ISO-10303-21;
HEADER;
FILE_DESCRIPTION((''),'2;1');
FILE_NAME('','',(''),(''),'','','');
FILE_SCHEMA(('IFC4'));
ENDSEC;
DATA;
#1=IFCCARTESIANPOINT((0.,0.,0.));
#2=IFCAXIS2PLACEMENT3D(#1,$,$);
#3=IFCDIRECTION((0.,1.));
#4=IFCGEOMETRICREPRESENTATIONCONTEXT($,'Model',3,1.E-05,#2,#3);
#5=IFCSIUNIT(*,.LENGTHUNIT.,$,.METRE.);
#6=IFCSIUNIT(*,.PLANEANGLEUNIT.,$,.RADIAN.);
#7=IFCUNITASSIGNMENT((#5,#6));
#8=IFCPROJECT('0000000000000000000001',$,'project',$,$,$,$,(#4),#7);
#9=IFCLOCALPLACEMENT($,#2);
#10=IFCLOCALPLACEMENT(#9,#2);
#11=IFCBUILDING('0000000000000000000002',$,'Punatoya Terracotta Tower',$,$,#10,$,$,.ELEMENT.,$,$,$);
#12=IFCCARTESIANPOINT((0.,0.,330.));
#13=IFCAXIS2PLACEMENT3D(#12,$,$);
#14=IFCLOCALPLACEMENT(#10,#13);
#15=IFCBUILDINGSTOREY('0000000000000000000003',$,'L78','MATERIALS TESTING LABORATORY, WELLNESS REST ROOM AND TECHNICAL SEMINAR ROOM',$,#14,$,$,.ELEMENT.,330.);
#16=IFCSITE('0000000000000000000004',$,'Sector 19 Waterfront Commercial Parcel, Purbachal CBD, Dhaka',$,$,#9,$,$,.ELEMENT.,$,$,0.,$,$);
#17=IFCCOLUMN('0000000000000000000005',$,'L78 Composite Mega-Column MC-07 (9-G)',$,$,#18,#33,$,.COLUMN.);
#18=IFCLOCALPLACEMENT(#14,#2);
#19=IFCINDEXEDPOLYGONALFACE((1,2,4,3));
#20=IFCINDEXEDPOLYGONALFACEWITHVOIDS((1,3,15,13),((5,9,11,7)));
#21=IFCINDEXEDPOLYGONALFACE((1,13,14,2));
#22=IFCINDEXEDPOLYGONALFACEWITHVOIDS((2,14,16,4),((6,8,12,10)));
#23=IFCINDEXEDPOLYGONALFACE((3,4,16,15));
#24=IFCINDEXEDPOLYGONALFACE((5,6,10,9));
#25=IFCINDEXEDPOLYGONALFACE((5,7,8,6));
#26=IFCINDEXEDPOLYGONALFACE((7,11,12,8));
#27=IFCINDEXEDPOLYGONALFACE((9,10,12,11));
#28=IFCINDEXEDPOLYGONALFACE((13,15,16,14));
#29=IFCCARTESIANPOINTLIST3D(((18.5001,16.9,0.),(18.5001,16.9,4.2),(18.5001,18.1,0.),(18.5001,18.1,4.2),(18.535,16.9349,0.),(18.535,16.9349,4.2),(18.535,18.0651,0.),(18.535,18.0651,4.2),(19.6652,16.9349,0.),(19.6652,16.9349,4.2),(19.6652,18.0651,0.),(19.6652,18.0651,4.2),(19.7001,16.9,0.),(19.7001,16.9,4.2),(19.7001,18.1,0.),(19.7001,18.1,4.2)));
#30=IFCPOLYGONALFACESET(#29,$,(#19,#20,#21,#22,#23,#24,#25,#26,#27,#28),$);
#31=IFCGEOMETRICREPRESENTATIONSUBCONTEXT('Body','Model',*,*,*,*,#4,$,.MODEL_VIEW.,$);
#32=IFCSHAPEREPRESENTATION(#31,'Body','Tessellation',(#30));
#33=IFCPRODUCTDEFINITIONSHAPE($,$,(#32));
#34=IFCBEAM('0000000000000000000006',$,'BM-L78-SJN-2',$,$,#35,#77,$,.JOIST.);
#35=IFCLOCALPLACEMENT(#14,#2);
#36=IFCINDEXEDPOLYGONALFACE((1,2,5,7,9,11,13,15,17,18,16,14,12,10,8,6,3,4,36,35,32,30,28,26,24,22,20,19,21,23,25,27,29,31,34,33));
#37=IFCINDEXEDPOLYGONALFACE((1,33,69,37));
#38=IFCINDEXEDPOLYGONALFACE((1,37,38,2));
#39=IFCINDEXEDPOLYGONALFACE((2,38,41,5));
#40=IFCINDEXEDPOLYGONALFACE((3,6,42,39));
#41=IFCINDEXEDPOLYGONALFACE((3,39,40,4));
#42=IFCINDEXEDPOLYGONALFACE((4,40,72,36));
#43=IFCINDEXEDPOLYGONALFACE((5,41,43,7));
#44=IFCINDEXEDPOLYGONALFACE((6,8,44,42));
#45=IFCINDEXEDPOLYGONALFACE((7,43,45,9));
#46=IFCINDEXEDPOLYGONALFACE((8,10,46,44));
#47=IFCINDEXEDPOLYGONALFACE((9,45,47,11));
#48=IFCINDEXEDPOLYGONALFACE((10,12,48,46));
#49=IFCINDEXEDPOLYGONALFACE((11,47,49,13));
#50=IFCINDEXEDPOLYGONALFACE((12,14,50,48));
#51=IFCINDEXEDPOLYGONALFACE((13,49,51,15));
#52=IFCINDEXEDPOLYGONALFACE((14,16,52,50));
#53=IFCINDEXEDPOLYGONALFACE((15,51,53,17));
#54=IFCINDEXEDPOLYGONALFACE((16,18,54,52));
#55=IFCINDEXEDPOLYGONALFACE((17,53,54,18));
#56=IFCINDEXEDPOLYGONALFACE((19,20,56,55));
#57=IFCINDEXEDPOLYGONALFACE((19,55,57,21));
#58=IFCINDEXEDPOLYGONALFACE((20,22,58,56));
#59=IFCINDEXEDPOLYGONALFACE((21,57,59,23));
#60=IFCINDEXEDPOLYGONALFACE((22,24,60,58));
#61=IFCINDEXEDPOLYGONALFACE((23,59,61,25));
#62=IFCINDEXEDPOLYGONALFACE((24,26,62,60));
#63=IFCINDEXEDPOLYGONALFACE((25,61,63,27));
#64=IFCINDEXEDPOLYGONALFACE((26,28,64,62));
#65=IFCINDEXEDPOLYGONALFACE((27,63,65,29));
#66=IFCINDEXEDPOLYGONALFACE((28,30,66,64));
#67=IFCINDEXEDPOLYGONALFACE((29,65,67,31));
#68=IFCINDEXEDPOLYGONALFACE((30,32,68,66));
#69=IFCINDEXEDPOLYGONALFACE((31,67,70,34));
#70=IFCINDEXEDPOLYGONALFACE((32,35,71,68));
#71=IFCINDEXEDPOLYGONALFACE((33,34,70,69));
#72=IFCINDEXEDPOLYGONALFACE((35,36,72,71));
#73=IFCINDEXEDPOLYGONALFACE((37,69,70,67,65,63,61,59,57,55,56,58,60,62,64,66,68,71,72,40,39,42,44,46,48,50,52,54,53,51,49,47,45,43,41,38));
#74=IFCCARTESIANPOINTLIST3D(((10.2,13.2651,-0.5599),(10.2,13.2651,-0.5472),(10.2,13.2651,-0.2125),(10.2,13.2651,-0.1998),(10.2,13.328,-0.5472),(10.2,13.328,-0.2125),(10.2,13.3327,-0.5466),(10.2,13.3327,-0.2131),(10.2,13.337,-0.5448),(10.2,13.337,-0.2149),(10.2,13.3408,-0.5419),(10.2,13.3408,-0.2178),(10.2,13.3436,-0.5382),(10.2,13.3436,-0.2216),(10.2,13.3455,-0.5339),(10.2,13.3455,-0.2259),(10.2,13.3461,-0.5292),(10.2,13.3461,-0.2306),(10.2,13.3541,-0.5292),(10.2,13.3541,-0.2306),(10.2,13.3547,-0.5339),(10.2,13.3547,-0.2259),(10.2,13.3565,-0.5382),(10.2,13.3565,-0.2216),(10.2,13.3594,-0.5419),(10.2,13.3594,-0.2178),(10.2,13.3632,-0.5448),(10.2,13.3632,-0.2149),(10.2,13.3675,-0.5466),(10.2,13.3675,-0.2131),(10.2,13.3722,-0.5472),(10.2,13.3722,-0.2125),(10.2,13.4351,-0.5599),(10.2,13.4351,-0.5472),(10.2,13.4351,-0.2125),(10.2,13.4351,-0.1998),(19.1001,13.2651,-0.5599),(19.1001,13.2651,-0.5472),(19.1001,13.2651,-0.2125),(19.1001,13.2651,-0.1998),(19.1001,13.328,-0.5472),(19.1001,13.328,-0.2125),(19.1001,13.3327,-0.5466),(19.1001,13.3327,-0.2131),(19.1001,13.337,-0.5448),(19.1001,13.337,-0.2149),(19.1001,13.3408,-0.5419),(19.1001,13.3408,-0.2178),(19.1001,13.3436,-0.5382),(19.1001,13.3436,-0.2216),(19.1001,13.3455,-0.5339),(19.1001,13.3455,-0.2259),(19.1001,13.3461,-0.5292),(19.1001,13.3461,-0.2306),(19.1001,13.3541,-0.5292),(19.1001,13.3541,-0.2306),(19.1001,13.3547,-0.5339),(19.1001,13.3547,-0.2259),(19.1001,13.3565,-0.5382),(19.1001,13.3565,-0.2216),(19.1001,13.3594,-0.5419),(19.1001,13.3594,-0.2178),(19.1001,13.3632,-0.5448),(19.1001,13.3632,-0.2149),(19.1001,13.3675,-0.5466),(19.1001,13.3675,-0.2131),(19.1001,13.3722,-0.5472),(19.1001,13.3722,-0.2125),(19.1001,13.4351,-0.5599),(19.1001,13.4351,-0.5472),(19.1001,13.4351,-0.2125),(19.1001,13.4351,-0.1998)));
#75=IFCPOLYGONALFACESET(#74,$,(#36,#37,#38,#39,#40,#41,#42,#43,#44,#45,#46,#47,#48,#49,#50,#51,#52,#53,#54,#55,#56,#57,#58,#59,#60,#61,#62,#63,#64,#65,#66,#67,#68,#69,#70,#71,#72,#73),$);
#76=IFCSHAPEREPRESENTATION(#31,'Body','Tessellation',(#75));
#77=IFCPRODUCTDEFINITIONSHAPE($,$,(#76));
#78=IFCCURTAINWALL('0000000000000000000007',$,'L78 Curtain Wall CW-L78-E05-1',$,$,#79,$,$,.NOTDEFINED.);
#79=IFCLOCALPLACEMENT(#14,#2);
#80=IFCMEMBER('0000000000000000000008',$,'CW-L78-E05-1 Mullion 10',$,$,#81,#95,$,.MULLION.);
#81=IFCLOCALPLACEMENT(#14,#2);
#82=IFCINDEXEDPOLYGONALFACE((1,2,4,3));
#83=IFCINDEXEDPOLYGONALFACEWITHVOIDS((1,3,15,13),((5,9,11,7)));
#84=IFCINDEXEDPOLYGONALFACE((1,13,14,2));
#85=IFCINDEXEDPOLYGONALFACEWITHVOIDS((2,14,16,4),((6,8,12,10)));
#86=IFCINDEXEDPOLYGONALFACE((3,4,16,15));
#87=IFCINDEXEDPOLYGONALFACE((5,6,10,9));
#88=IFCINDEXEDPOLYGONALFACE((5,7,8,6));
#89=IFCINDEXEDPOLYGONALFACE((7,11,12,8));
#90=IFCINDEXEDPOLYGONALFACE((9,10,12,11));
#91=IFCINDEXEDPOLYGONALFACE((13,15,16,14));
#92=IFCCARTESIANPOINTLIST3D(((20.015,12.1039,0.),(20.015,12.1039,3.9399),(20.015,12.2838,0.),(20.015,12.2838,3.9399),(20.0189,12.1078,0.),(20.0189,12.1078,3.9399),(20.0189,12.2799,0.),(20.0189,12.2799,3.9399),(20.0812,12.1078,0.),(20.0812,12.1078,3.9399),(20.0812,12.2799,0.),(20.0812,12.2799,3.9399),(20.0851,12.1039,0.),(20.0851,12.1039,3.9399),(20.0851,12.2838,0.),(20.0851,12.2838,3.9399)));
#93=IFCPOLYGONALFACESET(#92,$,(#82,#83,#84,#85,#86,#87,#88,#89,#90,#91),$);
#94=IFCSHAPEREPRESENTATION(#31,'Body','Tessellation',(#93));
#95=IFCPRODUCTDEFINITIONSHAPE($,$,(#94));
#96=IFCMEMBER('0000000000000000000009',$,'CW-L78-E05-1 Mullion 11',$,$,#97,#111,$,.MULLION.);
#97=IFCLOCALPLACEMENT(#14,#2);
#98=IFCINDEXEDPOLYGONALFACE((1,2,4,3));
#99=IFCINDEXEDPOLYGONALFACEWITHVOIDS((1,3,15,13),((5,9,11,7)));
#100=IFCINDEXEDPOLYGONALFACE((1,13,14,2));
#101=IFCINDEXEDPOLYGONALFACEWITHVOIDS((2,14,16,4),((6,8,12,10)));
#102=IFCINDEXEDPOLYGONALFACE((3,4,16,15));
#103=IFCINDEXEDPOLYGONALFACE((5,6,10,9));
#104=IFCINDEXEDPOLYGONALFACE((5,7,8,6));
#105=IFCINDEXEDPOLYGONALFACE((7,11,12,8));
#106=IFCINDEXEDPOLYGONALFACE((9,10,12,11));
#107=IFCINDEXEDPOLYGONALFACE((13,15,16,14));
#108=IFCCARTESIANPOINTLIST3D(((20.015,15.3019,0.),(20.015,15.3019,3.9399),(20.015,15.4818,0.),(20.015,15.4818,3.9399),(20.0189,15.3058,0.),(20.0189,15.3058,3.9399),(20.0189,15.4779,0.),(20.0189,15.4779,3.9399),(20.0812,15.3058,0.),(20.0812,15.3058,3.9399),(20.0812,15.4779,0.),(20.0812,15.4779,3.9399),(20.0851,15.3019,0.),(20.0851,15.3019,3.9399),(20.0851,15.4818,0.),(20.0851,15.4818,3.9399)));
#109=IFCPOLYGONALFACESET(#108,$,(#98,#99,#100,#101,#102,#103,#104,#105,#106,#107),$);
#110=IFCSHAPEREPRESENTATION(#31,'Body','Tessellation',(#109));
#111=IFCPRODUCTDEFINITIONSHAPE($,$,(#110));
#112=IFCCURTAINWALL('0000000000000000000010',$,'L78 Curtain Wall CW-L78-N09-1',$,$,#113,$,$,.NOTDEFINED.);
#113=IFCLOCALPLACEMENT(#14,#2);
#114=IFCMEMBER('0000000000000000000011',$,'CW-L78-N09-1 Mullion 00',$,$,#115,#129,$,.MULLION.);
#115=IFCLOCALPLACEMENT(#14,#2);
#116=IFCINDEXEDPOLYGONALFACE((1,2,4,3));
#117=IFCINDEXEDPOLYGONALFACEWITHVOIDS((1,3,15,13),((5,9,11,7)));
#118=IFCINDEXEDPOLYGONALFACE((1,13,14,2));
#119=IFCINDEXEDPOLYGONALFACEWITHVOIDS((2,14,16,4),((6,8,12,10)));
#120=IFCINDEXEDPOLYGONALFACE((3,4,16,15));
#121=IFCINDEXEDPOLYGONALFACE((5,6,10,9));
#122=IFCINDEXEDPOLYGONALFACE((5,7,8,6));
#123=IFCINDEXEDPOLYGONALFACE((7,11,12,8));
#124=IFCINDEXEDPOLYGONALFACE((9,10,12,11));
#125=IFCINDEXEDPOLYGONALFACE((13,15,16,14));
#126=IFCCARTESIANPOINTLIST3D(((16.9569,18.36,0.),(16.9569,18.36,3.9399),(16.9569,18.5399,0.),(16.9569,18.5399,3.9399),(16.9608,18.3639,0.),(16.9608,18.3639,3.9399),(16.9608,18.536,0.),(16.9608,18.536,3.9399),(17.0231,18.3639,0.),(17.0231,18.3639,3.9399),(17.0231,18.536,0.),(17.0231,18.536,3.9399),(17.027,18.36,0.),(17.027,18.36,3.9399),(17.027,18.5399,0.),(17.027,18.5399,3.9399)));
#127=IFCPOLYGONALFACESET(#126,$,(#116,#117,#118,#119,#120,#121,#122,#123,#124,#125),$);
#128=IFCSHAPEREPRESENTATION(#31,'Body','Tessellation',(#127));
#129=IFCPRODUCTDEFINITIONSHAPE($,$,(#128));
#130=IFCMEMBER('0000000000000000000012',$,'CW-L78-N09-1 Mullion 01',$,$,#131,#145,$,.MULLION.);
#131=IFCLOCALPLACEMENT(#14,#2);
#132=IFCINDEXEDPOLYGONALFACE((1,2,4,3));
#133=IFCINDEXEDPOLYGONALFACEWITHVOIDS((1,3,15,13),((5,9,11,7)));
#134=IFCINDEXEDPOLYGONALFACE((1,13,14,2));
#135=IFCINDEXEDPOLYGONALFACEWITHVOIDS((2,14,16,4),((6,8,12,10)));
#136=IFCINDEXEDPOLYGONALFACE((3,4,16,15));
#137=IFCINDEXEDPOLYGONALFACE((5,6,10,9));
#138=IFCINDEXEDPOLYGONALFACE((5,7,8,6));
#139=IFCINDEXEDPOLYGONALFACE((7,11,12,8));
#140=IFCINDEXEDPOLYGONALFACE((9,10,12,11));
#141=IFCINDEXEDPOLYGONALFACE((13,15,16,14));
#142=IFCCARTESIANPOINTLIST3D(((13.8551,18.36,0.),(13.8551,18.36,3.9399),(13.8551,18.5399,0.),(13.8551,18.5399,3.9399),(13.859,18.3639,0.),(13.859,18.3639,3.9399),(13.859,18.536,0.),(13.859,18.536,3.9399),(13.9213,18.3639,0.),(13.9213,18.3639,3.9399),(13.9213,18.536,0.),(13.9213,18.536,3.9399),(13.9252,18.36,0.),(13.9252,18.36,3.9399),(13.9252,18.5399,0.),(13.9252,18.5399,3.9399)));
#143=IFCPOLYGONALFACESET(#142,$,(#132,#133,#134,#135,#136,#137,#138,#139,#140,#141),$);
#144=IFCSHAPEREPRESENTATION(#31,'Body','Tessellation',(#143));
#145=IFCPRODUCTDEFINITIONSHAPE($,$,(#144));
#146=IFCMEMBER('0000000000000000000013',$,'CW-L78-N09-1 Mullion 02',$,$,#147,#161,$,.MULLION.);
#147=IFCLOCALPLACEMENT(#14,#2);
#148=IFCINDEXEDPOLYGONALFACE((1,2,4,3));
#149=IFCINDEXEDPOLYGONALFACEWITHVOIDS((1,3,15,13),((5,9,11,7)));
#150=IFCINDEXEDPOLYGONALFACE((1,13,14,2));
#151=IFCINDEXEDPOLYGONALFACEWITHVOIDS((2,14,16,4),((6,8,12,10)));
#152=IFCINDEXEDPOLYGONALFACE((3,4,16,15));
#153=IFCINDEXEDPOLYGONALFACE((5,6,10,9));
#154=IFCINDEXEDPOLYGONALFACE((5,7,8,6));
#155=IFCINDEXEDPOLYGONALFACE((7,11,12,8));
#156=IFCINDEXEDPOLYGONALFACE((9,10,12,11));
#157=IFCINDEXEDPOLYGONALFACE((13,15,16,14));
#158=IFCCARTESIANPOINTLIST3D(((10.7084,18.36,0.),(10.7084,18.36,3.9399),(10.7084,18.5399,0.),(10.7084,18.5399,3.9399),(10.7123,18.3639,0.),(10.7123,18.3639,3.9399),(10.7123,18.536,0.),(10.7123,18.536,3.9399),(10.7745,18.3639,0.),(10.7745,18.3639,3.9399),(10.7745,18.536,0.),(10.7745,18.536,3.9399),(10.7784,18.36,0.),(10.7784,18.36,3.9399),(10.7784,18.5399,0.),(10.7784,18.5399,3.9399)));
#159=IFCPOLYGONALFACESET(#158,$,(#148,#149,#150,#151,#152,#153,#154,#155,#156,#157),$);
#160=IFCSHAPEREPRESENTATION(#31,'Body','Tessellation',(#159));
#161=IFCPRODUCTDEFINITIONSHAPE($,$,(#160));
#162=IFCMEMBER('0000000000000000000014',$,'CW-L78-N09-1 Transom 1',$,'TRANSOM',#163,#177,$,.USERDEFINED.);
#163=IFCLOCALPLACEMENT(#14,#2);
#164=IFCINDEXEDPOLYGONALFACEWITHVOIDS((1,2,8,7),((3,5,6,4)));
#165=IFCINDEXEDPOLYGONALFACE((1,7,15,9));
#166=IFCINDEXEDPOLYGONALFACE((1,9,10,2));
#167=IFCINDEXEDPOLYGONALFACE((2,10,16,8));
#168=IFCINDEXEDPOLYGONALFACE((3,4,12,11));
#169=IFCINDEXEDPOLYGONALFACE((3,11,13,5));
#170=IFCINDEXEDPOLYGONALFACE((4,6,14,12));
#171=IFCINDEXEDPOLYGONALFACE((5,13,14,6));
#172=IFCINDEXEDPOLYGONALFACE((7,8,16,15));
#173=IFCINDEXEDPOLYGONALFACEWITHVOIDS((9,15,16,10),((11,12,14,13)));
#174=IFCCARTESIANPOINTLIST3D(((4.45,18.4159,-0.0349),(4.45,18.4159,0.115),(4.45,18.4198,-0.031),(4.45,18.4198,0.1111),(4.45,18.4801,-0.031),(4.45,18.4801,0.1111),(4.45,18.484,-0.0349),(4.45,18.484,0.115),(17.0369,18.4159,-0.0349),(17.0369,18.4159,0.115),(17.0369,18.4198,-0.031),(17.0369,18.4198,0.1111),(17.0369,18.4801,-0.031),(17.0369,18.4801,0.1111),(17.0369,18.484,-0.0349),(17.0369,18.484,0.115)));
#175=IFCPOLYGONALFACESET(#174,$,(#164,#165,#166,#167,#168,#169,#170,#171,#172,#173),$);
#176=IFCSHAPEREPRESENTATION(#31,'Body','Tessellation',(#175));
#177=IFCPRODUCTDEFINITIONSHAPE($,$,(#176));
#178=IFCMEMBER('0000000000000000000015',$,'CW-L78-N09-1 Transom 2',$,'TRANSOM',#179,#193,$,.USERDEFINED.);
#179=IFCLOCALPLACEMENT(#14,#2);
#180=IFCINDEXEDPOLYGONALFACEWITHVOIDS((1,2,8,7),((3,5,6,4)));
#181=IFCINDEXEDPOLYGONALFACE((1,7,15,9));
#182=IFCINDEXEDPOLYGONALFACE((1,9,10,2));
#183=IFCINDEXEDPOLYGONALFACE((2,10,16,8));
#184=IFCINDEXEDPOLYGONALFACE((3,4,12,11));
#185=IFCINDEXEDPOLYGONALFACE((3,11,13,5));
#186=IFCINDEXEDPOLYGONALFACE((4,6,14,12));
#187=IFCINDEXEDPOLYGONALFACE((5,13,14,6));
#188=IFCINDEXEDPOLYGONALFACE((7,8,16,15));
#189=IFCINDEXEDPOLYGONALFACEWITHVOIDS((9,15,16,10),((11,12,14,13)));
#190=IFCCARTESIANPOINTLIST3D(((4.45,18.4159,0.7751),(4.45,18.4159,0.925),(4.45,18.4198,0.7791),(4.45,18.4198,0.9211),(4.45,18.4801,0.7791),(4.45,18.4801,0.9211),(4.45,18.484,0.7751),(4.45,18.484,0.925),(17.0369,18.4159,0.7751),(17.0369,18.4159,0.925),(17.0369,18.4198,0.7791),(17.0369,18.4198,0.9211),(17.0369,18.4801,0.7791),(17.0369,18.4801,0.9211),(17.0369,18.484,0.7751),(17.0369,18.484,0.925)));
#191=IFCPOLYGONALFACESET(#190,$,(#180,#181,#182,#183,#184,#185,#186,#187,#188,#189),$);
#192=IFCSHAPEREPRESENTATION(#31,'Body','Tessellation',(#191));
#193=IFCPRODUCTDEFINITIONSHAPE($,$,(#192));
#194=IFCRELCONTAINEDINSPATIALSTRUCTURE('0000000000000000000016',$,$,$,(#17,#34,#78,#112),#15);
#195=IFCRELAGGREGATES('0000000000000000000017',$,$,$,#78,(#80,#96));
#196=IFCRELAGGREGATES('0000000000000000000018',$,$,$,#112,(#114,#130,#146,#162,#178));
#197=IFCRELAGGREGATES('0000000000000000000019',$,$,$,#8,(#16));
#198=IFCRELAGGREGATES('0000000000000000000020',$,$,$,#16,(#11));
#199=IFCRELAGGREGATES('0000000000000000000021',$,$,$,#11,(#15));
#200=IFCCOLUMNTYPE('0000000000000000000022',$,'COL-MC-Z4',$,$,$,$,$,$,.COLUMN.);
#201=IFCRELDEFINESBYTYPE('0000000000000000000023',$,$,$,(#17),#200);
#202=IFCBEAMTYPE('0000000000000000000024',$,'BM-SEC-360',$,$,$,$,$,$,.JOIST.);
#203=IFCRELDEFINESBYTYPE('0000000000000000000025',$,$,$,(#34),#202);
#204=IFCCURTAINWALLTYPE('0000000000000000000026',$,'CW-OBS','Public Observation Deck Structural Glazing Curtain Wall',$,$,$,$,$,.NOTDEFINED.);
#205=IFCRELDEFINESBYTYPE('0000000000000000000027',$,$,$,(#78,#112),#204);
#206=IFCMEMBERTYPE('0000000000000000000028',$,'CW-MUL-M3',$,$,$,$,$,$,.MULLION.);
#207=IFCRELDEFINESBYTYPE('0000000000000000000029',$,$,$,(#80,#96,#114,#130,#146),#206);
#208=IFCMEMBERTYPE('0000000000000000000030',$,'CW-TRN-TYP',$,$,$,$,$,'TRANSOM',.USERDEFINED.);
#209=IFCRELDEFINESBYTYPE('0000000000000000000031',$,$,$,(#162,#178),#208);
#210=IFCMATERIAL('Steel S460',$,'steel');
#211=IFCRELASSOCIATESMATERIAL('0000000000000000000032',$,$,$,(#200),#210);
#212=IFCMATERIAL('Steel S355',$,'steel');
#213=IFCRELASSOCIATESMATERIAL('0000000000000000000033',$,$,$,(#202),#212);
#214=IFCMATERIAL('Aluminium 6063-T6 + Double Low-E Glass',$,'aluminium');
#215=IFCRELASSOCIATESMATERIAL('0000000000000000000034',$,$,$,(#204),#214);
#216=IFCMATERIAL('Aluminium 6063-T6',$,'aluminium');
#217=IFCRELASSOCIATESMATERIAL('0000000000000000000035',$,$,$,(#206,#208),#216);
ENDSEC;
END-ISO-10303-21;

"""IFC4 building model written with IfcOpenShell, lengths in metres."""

from ifc_helpers import new_model, si_unit, direction, frame, origin, origin_2d, place, context, subcontext, project, spatial, hollow_rectangle, i_section, extrude, material, material_profile, profile_set, type_object, element, aggregate, save


model = new_model("IFC4")

# Units and contexts
model_context = context("Model", 3, precision=1e-05, world=origin(), true_north=direction((0.0, 1.0)))
body_context = subcontext(model_context, "Body", "Model", "MODEL_VIEW")
ifc_project = project(units=[si_unit("LENGTHUNIT", "METRE"), si_unit("PLANEANGLEUNIT", "RADIAN")], contexts=[model_context])

# Site, building, storey
site_placement = place(None, origin())
site = spatial("IfcSite", under=ifc_project, at=site_placement, Name="Sector 19 Waterfront Commercial Parcel, Purbachal CBD, Dhaka", CompositionType="ELEMENT", RefElevation=0.0)
building_placement = place(site_placement, origin())
building = spatial("IfcBuilding", under=site, at=building_placement, Name="Punatoya Terracotta Tower", CompositionType="ELEMENT")
storey_placement = place(building_placement, frame((0.0, 0.0, 330.0)))
storey = spatial("IfcBuildingStorey", under=building, at=storey_placement, Name="L78", Description="MATERIALS TESTING LABORATORY, WELLNESS REST ROOM AND TECHNICAL SEMINAR ROOM", CompositionType="ELEMENT", Elevation=330.0)

# Column
ifc_material_1 = material(Name="Steel S460", Category="steel")
ifc_material_profile_1 = material_profile(ifc_material_1, hollow_rectangle(XDim=1.2, YDim=1.2, WallThickness=0.0349, at=origin_2d()))
ifc_profile_set_1 = profile_set([ifc_material_profile_1], Name="Steel S460")
column_type = type_object("IfcColumnType", Name="COL-MC-Z4", PredefinedType="COLUMN", material=ifc_profile_set_1)
column_placement = place(storey_placement, frame((19.1001, 17.5, 0.0), z_axis=(0.0, 0.0, 1.0), x_axis=(1.0, 0.0, 0.0)))
element("IfcColumn", 1, at=column_placement, inside=storey, type_object=column_type, Name="L78 Composite Mega-Column MC-07 (9-G)", PredefinedType="COLUMN", context=body_context, shape_type="SweptSolid", body=[
    extrude(hollow_rectangle(XDim=1.2, YDim=1.2, WallThickness=0.0349, at=origin_2d()), origin(), (0.0, 0.0, 1.0), 4.2),
])

# Beam
ifc_material_2 = material(Name="Steel S355", Category="steel")
ifc_material_profile_2 = material_profile(ifc_material_2, i_section(OverallWidth=0.1699, OverallDepth=0.3601, WebThickness=0.0081, FlangeThickness=0.0127, FilletRadius=0.0181, at=origin_2d()))
ifc_profile_set_2 = profile_set([ifc_material_profile_2], Name="Steel S355")
beam_type = type_object("IfcBeamType", Name="BM-SEC-360", PredefinedType="JOIST", material=ifc_profile_set_2)
beam_placement = place(storey_placement, frame((10.2, 13.3501, -0.3799), z_axis=(1.0, 0.0, 0.0), x_axis=(0.0, 1.0, 0.0)))
element("IfcBeam", 2, at=beam_placement, inside=storey, type_object=beam_type, Name="BM-L78-SJN-2", PredefinedType="JOIST", context=body_context, shape_type="SweptSolid", body=[
    extrude(i_section(OverallWidth=0.1699, OverallDepth=0.3601, WebThickness=0.0081, FlangeThickness=0.0127, FilletRadius=0.0181, at=origin_2d()), origin(), (0.0, 0.0, 1.0), 8.9001),
])

# Curtain walls, members
ifc_material_3 = material(Name="Aluminium 6063-T6 + Double Low-E Glass", Category="aluminium")
curtain_wall_type = type_object("IfcCurtainWallType", Name="CW-OBS", Description="Public Observation Deck Structural Glazing Curtain Wall", PredefinedType="NOTDEFINED", material=ifc_material_3)
curtain_wall_1_placement = place(storey_placement, origin())
curtain_wall_1 = element("IfcCurtainWall", 3, at=curtain_wall_1_placement, inside=storey, type_object=curtain_wall_type, Name="L78 Curtain Wall CW-L78-E05-1", PredefinedType="NOTDEFINED")
ifc_material_4 = material(Name="Aluminium 6063-T6", Category="aluminium")
ifc_material_profile_3 = material_profile(ifc_material_4, hollow_rectangle(XDim=0.0701, YDim=0.1799, WallThickness=0.0039, at=origin_2d()))
ifc_profile_set_3 = profile_set([ifc_material_profile_3], Name="Aluminium 6063-T6")
member_type_1 = type_object("IfcMemberType", Name="CW-MUL-M3", PredefinedType="MULLION", material=ifc_profile_set_3)
member_1_placement = place(storey_placement, frame((20.05, 12.1938, 0.0), z_axis=(0.0, 0.0, 1.0), x_axis=(1.0, 0.0, 0.0)))
member_1 = element("IfcMember", 4, at=member_1_placement, type_object=member_type_1, Name="CW-L78-E05-1 Mullion 10", PredefinedType="MULLION", context=body_context, shape_type="SweptSolid", body=[
    extrude(hollow_rectangle(XDim=0.0701, YDim=0.1799, WallThickness=0.0039, at=origin_2d()), origin(), (0.0, 0.0, 1.0), 3.9399),
])
member_2_placement = place(storey_placement, frame((20.05, 15.3918, 0.0), z_axis=(0.0, 0.0, 1.0), x_axis=(1.0, 0.0, 0.0)))
member_2 = element("IfcMember", 5, at=member_2_placement, type_object=member_type_1, Name="CW-L78-E05-1 Mullion 11", PredefinedType="MULLION", context=body_context, shape_type="SweptSolid", body=[
    extrude(hollow_rectangle(XDim=0.0701, YDim=0.1799, WallThickness=0.0039, at=origin_2d()), origin(), (0.0, 0.0, 1.0), 3.9399),
])
curtain_wall_2_placement = place(storey_placement, origin())
curtain_wall_2 = element("IfcCurtainWall", 6, at=curtain_wall_2_placement, inside=storey, type_object=curtain_wall_type, Name="L78 Curtain Wall CW-L78-N09-1", PredefinedType="NOTDEFINED")
member_3_placement = place(storey_placement, frame((16.9919, 18.45, 0.0), z_axis=(0.0, 0.0, 1.0), x_axis=(1.0, 0.0, 0.0)))
member_3 = element("IfcMember", 7, at=member_3_placement, type_object=member_type_1, Name="CW-L78-N09-1 Mullion 00", PredefinedType="MULLION", context=body_context, shape_type="SweptSolid", body=[
    extrude(hollow_rectangle(XDim=0.0701, YDim=0.1799, WallThickness=0.0039, at=origin_2d()), origin(), (0.0, 0.0, 1.0), 3.9399),
])
member_4_placement = place(storey_placement, frame((13.8901, 18.45, 0.0), z_axis=(0.0, 0.0, 1.0), x_axis=(1.0, 0.0, 0.0)))
member_4 = element("IfcMember", 8, at=member_4_placement, type_object=member_type_1, Name="CW-L78-N09-1 Mullion 01", PredefinedType="MULLION", context=body_context, shape_type="SweptSolid", body=[
    extrude(hollow_rectangle(XDim=0.0701, YDim=0.1799, WallThickness=0.0039, at=origin_2d()), origin(), (0.0, 0.0, 1.0), 3.9399),
])
member_5_placement = place(storey_placement, frame((10.7434, 18.45, 0.0), z_axis=(0.0, 0.0, 1.0), x_axis=(1.0, 0.0, 0.0)))
member_5 = element("IfcMember", 9, at=member_5_placement, type_object=member_type_1, Name="CW-L78-N09-1 Mullion 02", PredefinedType="MULLION", context=body_context, shape_type="SweptSolid", body=[
    extrude(hollow_rectangle(XDim=0.0701, YDim=0.1799, WallThickness=0.0039, at=origin_2d()), origin(), (0.0, 0.0, 1.0), 3.9399),
])
ifc_material_profile_4 = material_profile(ifc_material_4, hollow_rectangle(XDim=0.0681, YDim=0.1499, WallThickness=0.0039, at=origin_2d()))
ifc_profile_set_4 = profile_set([ifc_material_profile_4], Name="Aluminium 6063-T6")
member_type_2 = type_object("IfcMemberType", Name="CW-TRN-TYP", ElementType="TRANSOM", PredefinedType="USERDEFINED", material=ifc_profile_set_4)
member_6_placement = place(storey_placement, frame((17.0369, 18.45, 0.04), z_axis=(-1.0, 0.0, 0.0), x_axis=(0.0, -1.0, 0.0)))
member_6 = element("IfcMember", 10, at=member_6_placement, type_object=member_type_2, Name="CW-L78-N09-1 Transom 1", ObjectType="TRANSOM", PredefinedType="USERDEFINED", context=body_context, shape_type="SweptSolid", body=[
    extrude(hollow_rectangle(XDim=0.0681, YDim=0.1499, WallThickness=0.0039, at=origin_2d()), origin(), (0.0, 0.0, 1.0), 12.5869),
])
member_7_placement = place(storey_placement, frame((17.0369, 18.45, 0.8501), z_axis=(-1.0, 0.0, 0.0), x_axis=(0.0, -1.0, 0.0)))
member_7 = element("IfcMember", 11, at=member_7_placement, type_object=member_type_2, Name="CW-L78-N09-1 Transom 2", ObjectType="TRANSOM", PredefinedType="USERDEFINED", context=body_context, shape_type="SweptSolid", body=[
    extrude(hollow_rectangle(XDim=0.0681, YDim=0.1499, WallThickness=0.0039, at=origin_2d()), origin(), (0.0, 0.0, 1.0), 12.5869),
])

aggregate(curtain_wall_1, [member_1, member_2])
aggregate(curtain_wall_2, [member_3, member_4, member_5, member_6, member_7])

save(model, "model.ifc")
